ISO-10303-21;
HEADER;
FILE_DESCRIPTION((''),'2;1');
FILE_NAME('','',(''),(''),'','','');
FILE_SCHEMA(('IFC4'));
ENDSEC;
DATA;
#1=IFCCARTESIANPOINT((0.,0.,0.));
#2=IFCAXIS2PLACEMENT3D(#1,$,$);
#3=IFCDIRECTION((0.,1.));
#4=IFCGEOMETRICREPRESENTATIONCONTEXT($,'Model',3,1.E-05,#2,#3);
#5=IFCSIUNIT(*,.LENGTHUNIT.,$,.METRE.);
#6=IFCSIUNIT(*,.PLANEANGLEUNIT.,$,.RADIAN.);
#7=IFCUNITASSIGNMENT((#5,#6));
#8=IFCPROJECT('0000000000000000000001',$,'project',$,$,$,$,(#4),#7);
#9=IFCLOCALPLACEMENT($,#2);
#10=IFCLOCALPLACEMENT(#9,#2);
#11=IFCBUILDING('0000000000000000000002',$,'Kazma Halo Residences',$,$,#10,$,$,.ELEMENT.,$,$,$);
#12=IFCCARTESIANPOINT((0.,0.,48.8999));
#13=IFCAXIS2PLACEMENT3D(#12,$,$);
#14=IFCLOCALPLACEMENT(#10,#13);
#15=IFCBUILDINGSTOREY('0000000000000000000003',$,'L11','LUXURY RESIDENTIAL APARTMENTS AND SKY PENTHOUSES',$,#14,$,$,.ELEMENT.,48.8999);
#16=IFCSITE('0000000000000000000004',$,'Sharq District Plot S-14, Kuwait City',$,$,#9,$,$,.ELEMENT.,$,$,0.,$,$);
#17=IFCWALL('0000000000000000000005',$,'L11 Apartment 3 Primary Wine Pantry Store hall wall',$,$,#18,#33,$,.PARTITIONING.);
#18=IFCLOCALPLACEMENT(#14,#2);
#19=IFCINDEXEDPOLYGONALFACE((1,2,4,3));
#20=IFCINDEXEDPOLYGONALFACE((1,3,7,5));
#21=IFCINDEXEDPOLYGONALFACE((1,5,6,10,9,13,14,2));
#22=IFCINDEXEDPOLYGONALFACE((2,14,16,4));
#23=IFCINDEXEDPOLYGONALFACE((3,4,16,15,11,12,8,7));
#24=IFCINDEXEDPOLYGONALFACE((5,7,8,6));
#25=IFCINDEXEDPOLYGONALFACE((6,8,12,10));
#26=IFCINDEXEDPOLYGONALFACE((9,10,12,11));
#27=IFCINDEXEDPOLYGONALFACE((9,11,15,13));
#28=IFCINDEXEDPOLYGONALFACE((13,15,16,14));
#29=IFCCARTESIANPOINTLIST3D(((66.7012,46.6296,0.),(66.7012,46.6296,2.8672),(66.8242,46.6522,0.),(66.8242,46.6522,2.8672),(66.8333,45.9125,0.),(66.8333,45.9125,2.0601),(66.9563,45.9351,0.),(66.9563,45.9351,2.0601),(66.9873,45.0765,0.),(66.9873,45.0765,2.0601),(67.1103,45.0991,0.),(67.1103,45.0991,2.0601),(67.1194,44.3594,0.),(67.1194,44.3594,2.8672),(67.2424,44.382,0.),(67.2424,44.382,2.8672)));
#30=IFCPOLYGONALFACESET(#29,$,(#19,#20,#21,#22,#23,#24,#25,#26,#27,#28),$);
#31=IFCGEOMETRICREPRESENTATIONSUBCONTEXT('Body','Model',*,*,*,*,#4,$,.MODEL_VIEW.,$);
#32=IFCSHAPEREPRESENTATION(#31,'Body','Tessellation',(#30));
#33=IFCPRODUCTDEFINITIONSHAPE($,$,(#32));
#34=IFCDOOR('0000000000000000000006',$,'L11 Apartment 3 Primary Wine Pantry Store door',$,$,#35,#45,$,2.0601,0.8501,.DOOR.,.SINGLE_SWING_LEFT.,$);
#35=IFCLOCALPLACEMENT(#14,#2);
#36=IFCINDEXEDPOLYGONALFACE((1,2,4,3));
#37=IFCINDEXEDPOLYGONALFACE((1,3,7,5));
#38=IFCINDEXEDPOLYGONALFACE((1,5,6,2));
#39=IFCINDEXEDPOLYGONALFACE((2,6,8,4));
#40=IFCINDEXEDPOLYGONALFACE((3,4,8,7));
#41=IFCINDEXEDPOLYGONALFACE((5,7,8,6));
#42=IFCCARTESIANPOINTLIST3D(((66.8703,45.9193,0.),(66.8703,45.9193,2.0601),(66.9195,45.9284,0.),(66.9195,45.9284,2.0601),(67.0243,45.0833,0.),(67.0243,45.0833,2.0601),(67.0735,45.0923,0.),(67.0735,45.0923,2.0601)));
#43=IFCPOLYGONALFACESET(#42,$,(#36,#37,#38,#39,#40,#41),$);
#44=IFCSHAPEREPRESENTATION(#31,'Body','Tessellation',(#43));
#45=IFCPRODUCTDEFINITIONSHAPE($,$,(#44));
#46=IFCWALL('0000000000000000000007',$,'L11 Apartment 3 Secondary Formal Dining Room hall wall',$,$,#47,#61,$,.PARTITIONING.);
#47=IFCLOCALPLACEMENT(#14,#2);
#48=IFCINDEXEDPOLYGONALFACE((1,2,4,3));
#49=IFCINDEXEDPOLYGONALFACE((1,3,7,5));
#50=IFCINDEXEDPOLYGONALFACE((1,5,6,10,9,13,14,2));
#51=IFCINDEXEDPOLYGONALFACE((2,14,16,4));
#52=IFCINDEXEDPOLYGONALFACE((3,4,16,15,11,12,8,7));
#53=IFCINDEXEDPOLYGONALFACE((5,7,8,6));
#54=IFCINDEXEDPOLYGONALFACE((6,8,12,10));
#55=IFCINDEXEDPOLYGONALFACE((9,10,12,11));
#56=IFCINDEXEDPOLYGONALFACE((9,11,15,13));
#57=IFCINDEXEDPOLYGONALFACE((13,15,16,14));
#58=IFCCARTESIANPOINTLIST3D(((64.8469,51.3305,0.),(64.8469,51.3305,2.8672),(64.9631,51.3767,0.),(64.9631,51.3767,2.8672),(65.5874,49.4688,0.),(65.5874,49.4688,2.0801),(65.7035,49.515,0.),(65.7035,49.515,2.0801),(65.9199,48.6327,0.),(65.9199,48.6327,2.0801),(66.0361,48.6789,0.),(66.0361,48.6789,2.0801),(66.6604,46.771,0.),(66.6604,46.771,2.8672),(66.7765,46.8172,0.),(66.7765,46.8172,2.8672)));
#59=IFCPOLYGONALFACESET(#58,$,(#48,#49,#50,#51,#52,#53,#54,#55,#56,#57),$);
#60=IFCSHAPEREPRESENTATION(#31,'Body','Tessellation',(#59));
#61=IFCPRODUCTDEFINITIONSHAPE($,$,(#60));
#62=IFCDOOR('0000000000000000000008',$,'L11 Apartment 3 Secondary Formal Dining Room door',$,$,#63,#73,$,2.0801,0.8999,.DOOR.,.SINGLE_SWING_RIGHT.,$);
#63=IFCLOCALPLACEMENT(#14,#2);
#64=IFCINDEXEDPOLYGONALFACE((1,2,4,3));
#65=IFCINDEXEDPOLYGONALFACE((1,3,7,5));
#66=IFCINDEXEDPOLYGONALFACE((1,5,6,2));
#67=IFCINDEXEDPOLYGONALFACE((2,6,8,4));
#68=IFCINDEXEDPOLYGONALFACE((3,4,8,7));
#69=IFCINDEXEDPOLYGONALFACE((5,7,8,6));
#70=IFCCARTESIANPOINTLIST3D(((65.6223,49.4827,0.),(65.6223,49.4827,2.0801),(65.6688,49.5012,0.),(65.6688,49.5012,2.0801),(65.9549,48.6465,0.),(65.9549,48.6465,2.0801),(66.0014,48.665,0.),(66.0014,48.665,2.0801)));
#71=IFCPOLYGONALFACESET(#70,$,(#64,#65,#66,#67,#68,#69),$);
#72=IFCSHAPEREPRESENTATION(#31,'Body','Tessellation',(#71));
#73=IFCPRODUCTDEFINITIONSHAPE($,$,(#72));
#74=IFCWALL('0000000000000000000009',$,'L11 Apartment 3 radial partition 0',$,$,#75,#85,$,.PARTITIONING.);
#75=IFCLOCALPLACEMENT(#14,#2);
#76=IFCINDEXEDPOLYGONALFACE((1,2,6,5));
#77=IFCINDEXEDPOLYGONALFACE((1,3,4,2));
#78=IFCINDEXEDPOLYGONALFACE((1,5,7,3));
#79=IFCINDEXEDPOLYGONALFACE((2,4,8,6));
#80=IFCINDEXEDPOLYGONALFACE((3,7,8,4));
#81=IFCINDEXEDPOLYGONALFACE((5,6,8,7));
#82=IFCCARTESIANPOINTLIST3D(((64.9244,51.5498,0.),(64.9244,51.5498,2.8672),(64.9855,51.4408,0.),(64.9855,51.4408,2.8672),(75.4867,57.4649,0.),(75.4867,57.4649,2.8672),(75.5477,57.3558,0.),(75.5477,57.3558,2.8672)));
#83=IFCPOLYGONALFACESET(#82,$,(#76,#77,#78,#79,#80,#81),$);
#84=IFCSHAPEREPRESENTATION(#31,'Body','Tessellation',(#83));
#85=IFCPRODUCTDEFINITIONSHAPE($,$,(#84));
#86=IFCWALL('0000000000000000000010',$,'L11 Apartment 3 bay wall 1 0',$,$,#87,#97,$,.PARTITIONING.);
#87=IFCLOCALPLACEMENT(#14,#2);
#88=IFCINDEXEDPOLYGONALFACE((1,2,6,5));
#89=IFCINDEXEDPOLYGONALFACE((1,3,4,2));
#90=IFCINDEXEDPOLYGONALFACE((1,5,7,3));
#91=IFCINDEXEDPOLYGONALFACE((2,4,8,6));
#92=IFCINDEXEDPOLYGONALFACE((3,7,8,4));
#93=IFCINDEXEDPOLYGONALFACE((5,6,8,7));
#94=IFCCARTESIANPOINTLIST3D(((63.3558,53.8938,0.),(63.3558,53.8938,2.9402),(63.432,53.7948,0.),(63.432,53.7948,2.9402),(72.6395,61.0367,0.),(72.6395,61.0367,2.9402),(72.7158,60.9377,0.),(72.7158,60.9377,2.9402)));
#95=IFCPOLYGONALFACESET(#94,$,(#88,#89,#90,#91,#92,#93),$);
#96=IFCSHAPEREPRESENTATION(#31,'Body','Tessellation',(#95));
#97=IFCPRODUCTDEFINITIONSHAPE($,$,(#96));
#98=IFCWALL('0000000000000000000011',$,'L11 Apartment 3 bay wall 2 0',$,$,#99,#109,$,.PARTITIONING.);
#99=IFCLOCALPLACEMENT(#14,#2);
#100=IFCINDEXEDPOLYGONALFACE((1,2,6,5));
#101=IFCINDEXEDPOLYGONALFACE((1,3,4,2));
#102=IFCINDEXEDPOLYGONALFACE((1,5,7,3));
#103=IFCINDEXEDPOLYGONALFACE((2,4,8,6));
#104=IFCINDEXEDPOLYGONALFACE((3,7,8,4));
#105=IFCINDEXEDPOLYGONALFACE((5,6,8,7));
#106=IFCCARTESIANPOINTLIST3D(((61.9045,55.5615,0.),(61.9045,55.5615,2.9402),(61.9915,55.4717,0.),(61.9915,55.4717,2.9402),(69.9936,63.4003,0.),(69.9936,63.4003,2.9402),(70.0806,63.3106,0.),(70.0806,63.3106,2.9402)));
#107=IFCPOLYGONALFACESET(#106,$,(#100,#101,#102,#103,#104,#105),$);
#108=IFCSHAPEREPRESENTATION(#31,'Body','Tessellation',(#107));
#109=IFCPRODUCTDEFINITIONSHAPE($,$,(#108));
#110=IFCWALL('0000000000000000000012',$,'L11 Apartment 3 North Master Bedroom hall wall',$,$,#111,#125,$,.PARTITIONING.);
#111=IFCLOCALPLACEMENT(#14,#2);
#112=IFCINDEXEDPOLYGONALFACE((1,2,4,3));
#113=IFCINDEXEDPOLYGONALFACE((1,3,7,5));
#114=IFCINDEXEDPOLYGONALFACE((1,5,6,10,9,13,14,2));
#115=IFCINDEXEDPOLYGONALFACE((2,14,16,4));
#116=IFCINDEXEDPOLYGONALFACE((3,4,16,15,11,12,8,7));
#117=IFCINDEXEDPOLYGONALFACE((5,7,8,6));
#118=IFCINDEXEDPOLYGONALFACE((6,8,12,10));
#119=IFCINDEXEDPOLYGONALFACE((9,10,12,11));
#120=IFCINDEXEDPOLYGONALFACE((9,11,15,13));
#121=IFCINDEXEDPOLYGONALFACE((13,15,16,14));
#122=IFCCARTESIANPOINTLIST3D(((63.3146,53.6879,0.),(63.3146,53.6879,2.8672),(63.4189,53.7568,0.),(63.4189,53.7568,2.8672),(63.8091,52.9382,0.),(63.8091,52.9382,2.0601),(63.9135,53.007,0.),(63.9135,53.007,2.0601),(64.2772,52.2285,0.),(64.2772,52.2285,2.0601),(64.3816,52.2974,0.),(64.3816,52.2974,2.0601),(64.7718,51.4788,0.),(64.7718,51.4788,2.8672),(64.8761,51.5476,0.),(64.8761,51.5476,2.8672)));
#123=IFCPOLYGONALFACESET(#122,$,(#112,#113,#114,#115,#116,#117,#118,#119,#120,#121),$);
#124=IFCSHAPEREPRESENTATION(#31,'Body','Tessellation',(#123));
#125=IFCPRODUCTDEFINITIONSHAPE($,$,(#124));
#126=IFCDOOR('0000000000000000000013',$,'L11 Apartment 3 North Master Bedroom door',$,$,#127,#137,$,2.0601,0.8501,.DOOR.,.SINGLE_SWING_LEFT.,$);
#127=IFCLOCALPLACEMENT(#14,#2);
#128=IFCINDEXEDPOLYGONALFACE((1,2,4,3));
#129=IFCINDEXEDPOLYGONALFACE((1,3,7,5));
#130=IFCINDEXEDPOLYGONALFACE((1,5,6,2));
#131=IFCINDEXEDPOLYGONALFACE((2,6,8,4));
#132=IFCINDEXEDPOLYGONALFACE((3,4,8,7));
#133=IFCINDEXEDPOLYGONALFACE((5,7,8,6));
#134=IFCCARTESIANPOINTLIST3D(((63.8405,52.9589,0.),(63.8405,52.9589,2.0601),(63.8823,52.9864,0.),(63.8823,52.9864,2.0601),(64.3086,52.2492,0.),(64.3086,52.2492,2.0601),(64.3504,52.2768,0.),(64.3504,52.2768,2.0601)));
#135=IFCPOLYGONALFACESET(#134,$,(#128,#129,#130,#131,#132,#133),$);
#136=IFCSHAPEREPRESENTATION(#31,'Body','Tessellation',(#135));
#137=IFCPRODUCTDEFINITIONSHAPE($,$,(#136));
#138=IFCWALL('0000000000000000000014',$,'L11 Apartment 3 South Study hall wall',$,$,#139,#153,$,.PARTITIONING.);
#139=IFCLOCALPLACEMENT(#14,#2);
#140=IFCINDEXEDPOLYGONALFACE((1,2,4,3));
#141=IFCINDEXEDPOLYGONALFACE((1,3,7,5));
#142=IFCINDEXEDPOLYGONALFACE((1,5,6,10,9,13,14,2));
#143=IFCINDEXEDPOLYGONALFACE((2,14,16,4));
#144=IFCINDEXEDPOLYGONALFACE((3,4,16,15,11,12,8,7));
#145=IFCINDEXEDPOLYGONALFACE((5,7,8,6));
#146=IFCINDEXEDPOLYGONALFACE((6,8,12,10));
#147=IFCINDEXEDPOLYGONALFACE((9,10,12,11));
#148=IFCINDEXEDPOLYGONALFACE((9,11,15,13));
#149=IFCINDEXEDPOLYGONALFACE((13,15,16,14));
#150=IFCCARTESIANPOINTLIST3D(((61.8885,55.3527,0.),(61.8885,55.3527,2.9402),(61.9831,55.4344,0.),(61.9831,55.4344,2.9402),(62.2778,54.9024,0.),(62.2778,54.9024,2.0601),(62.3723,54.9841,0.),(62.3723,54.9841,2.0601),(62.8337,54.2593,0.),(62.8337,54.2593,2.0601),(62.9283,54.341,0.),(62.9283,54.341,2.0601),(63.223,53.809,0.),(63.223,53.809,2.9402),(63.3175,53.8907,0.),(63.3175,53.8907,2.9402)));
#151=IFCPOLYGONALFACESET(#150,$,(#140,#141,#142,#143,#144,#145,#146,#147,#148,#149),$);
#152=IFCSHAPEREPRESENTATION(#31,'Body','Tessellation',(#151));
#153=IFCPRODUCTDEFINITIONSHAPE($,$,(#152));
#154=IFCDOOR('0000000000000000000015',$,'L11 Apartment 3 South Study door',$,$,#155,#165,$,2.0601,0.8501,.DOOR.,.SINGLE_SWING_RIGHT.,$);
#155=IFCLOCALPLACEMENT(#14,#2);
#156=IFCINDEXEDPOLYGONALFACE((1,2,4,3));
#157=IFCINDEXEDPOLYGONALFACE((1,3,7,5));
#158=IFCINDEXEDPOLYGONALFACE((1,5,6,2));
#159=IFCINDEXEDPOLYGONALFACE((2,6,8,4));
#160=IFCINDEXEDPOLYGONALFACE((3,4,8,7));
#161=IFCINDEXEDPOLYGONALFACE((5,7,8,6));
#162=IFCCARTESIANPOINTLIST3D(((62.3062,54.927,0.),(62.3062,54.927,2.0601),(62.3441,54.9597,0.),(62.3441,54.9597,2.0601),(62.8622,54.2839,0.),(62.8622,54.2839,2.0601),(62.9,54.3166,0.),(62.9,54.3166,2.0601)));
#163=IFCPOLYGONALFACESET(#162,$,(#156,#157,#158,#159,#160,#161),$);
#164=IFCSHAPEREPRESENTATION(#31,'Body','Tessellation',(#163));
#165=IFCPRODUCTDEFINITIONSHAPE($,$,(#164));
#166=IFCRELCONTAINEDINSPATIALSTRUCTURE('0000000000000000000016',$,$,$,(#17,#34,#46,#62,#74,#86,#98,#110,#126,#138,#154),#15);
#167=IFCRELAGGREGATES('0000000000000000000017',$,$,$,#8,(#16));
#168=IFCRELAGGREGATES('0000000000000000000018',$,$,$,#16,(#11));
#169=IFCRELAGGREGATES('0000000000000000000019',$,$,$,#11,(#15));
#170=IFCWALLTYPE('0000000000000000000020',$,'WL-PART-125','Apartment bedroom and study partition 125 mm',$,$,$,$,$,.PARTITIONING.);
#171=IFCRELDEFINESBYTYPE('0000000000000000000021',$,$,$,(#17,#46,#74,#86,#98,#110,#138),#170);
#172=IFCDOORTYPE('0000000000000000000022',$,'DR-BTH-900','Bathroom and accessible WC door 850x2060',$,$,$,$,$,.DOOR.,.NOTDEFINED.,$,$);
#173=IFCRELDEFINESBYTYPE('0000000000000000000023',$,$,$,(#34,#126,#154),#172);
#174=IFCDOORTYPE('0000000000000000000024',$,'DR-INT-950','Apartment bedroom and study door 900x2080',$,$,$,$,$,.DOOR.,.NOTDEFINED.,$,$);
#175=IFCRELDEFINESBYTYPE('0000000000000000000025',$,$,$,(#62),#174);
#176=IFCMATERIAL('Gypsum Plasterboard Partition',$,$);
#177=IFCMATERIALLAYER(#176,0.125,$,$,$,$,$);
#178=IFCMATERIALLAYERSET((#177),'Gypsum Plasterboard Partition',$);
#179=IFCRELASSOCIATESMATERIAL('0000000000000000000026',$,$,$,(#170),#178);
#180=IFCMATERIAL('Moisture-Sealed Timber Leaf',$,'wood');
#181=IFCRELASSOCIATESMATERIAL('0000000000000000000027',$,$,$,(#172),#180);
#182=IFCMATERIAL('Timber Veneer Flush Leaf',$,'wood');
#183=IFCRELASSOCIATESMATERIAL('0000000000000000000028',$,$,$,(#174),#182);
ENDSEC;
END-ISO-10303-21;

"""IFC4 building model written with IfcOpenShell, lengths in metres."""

from ifc_helpers import new_model, si_unit, direction, frame, frame_2d, origin, place, context, subcontext, project, spatial, rectangle, extrude, material, layer, layer_set, type_object, element, fill, save


model = new_model("IFC4")

# Units and contexts
model_context = context("Model", 3, precision=1e-05, world=origin(), true_north=direction((0.0, 1.0)))
body_context = subcontext(model_context, "Body", "Model", "MODEL_VIEW")
ifc_project = project(units=[si_unit("LENGTHUNIT", "METRE"), si_unit("PLANEANGLEUNIT", "RADIAN")], contexts=[model_context])

# Site, building, storey
site_placement = place(None, origin())
site = spatial("IfcSite", under=ifc_project, at=site_placement, Name="Sharq District Plot S-14, Kuwait City", CompositionType="ELEMENT", RefElevation=0.0)
building_placement = place(site_placement, origin())
building = spatial("IfcBuilding", under=site, at=building_placement, Name="Kazma Halo Residences", CompositionType="ELEMENT")
storey_placement = place(building_placement, frame((0.0, 0.0, 48.8999)))
storey = spatial("IfcBuildingStorey", under=building, at=storey_placement, Name="L11", Description="LUXURY RESIDENTIAL APARTMENTS AND SKY PENTHOUSES", CompositionType="ELEMENT", Elevation=48.8999)

# Shared definitions
ifc_material_1 = material(Name="Gypsum Plasterboard Partition")
ifc_layer_1 = layer(ifc_material_1, 0.125)
ifc_layer_set_1 = layer_set([ifc_layer_1], Name="Gypsum Plasterboard Partition")
wall_type_1 = type_object("IfcWallType", Name="WL-PART-125", Description="Apartment bedroom and study partition 125 mm", PredefinedType="PARTITIONING", material=ifc_layer_set_1)

# Walls, openings, doors
wall_1_placement = place(storey_placement, frame((67.1809, 44.3706, 0.0), z_axis=(0.0, 0.0, 1.0), x_axis=(-0.181165, 0.983453, 0.0)))
wall_1 = element("IfcWall", 1, at=wall_1_placement, inside=storey, type_object=wall_type_1, Name="L11 Apartment 3 Primary Wine Pantry Store hall wall", PredefinedType="PARTITIONING", context=body_context, shape_type="SweptSolid", body=[
    extrude(rectangle(XDim=2.3083, YDim=0.125, at=frame_2d((1.1543, 0.0))), origin(), (0.0, 0.0, 1.0), 2.8672),
])
opening_1_placement = place(wall_1_placement, frame((0.7292, 0.0, 0.0)))
opening_1 = element("IfcOpeningElement", 2, at=opening_1_placement, cuts=wall_1, PredefinedType="OPENING", context=body_context, shape_type="SweptSolid", body=[
    extrude(rectangle(XDim=0.8501, YDim=2.0601, at=frame_2d((0.425, 1.03))), frame((0.0, 0.0725, 0.0), z_axis=(0.0, -1.0, 0.0), x_axis=(1.0, 0.0, 0.0)), (0.0, 0.0, 1.0), 0.145),
])
ifc_material_2 = material(Name="Moisture-Sealed Timber Leaf", Category="wood")
door_type_1 = type_object("IfcDoorType", Name="DR-BTH-900", Description="Bathroom and accessible WC door 850x2060", OperationType="NOTDEFINED", PredefinedType="DOOR", material=ifc_material_2)
door_1_placement = place(opening_1_placement, origin())
door_1 = element("IfcDoor", 3, at=door_1_placement, inside=storey, type_object=door_type_1, Name="L11 Apartment 3 Primary Wine Pantry Store door", OperationType="SINGLE_SWING_LEFT", OverallHeight=2.0601, OverallWidth=0.8501, PredefinedType="DOOR", context=body_context, shape_type="SweptSolid", body=[
    extrude(rectangle(XDim=0.8501, YDim=2.0601, at=frame_2d((0.425, 1.03))), frame((0.0, 0.0249, 0.0), z_axis=(0.0, -1.0, 0.0), x_axis=(1.0, 0.0, 0.0)), (0.0, 0.0, 1.0), 0.05),
])
fill(opening_1, door_1)
wall_2_placement = place(storey_placement, frame((66.7185, 46.7939, 0.0), z_axis=(0.0, 0.0, 1.0), x_axis=(-0.369571, 0.929202, 0.0)))
wall_2 = element("IfcWall", 4, at=wall_2_placement, inside=storey, type_object=wall_type_1, Name="L11 Apartment 3 Secondary Formal Dining Room hall wall", PredefinedType="PARTITIONING", context=body_context, shape_type="SweptSolid", body=[
    extrude(rectangle(XDim=4.907, YDim=0.125, at=frame_2d((2.4536, 0.0))), origin(), (0.0, 0.0, 1.0), 2.8672),
])
opening_2_placement = place(wall_2_placement, frame((2.0037, 0.0, 0.0)))
opening_2 = element("IfcOpeningElement", 5, at=opening_2_placement, cuts=wall_2, PredefinedType="OPENING", context=body_context, shape_type="SweptSolid", body=[
    extrude(rectangle(XDim=0.8999, YDim=2.0801, at=frame_2d((0.45, 1.04))), frame((0.0, 0.0725, 0.0), z_axis=(0.0, -1.0, 0.0), x_axis=(1.0, 0.0, 0.0)), (0.0, 0.0, 1.0), 0.145),
])
ifc_material_3 = material(Name="Timber Veneer Flush Leaf", Category="wood")
door_type_2 = type_object("IfcDoorType", Name="DR-INT-950", Description="Apartment bedroom and study door 900x2080", OperationType="NOTDEFINED", PredefinedType="DOOR", material=ifc_material_3)
door_2_placement = place(opening_2_placement, origin())
door_2 = element("IfcDoor", 6, at=door_2_placement, inside=storey, type_object=door_type_2, Name="L11 Apartment 3 Secondary Formal Dining Room door", OperationType="SINGLE_SWING_RIGHT", OverallHeight=2.0801, OverallWidth=0.8999, PredefinedType="DOOR", context=body_context, shape_type="SweptSolid", body=[
    extrude(rectangle(XDim=0.8999, YDim=2.0801, at=frame_2d((0.45, 1.04))), frame((0.0, 0.0249, 0.0), z_axis=(0.0, -1.0, 0.0), x_axis=(1.0, 0.0, 0.0)), (0.0, 0.0, 1.0), 0.05),
])
fill(opening_2, door_2)

# Walls
wall_3_placement = place(storey_placement, frame((64.9551, 51.4954, 0.0), z_axis=(0.0, 0.0, 1.0), x_axis=(0.8725, 0.488614, 0.0)))
element("IfcWall", 7, at=wall_3_placement, inside=storey, type_object=wall_type_1, Name="L11 Apartment 3 radial partition 0", PredefinedType="PARTITIONING", context=body_context, shape_type="SweptSolid", body=[
    extrude(rectangle(XDim=12.1057, YDim=0.125, at=frame_2d((6.0527, 0.0))), origin(), (0.0, 0.0, 1.0), 2.8672),
])
wall_4_placement = place(storey_placement, frame((63.3938, 53.8442, 0.0), z_axis=(0.0, 0.0, 1.0), x_axis=(0.792561, 0.609792, 0.0)))
element("IfcWall", 8, at=wall_4_placement, inside=storey, type_object=wall_type_1, Name="L11 Apartment 3 bay wall 1 0", PredefinedType="PARTITIONING", context=body_context, shape_type="SweptSolid", body=[
    extrude(rectangle(XDim=11.7136, YDim=0.125, at=frame_2d((5.8569, 0.0))), origin(), (0.0, 0.0, 1.0), 2.9402),
])
wall_5_placement = place(storey_placement, frame((61.948, 55.5166, 0.0), z_axis=(0.0, 0.0, 1.0), x_axis=(0.718127, 0.695912, 0.0)))
element("IfcWall", 9, at=wall_5_placement, inside=storey, type_object=wall_type_1, Name="L11 Apartment 3 bay wall 2 0", PredefinedType="PARTITIONING", context=body_context, shape_type="SweptSolid", body=[
    extrude(rectangle(XDim=11.2642, YDim=0.125, at=frame_2d((5.6321, 0.0))), origin(), (0.0, 0.0, 1.0), 2.9402),
])

# Walls, openings, doors
wall_6_placement = place(storey_placement, frame((64.824, 51.5132, 0.0), z_axis=(0.0, 0.0, 1.0), x_axis=(-0.550628, 0.834751, 0.0)))
wall_6 = element("IfcWall", 10, at=wall_6_placement, inside=storey, type_object=wall_type_1, Name="L11 Apartment 3 North Master Bedroom hall wall", PredefinedType="PARTITIONING", context=body_context, shape_type="SweptSolid", body=[
    extrude(rectangle(XDim=2.6465, YDim=0.125, at=frame_2d((1.3232, 0.0))), origin(), (0.0, 0.0, 1.0), 2.8672),
])
opening_3_placement = place(wall_6_placement, frame((0.8982, 0.0, 0.0)))
opening_3 = element("IfcOpeningElement", 11, at=opening_3_placement, cuts=wall_6, PredefinedType="OPENING", context=body_context, shape_type="SweptSolid", body=[
    extrude(rectangle(XDim=0.8501, YDim=2.0601, at=frame_2d((0.425, 1.03))), frame((0.0, 0.0725, 0.0), z_axis=(0.0, -1.0, 0.0), x_axis=(1.0, 0.0, 0.0)), (0.0, 0.0, 1.0), 0.145),
])
door_3_placement = place(opening_3_placement, origin())
door_3 = element("IfcDoor", 12, at=door_3_placement, inside=storey, type_object=door_type_1, Name="L11 Apartment 3 North Master Bedroom door", OperationType="SINGLE_SWING_LEFT", OverallHeight=2.0601, OverallWidth=0.8501, PredefinedType="DOOR", context=body_context, shape_type="SweptSolid", body=[
    extrude(rectangle(XDim=0.8501, YDim=2.0601, at=frame_2d((0.425, 1.03))), frame((0.0, 0.0249, 0.0), z_axis=(0.0, -1.0, 0.0), x_axis=(1.0, 0.0, 0.0)), (0.0, 0.0, 1.0), 0.05),
])
fill(opening_3, door_3)
wall_7_placement = place(storey_placement, frame((63.2703, 53.8499, 0.0), z_axis=(0.0, 0.0, 1.0), x_axis=(-0.653978, 0.756514, 0.0)))
wall_7 = element("IfcWall", 13, at=wall_7_placement, inside=storey, type_object=wall_type_1, Name="L11 Apartment 3 South Study hall wall", PredefinedType="PARTITIONING", context=body_context, shape_type="SweptSolid", body=[
    extrude(rectangle(XDim=2.0405, YDim=0.125, at=frame_2d((1.0203, 0.0))), origin(), (0.0, 0.0, 1.0), 2.9402),
])
opening_4_placement = place(wall_7_placement, frame((0.5952, 0.0, 0.0)))
opening_4 = element("IfcOpeningElement", 14, at=opening_4_placement, cuts=wall_7, PredefinedType="OPENING", context=body_context, shape_type="SweptSolid", body=[
    extrude(rectangle(XDim=0.8501, YDim=2.0601, at=frame_2d((0.425, 1.03))), frame((0.0, 0.0725, 0.0), z_axis=(0.0, -1.0, 0.0), x_axis=(1.0, 0.0, 0.0)), (0.0, 0.0, 1.0), 0.145),
])
door_4_placement = place(opening_4_placement, origin())
door_4 = element("IfcDoor", 15, at=door_4_placement, inside=storey, type_object=door_type_1, Name="L11 Apartment 3 South Study door", OperationType="SINGLE_SWING_RIGHT", OverallHeight=2.0601, OverallWidth=0.8501, PredefinedType="DOOR", context=body_context, shape_type="SweptSolid", body=[
    extrude(rectangle(XDim=0.8501, YDim=2.0601, at=frame_2d((0.425, 1.03))), frame((0.0, 0.0249, 0.0), z_axis=(0.0, -1.0, 0.0), x_axis=(1.0, 0.0, 0.0)), (0.0, 0.0, 1.0), 0.05),
])
fill(opening_4, door_4)

save(model, "model.ifc")
